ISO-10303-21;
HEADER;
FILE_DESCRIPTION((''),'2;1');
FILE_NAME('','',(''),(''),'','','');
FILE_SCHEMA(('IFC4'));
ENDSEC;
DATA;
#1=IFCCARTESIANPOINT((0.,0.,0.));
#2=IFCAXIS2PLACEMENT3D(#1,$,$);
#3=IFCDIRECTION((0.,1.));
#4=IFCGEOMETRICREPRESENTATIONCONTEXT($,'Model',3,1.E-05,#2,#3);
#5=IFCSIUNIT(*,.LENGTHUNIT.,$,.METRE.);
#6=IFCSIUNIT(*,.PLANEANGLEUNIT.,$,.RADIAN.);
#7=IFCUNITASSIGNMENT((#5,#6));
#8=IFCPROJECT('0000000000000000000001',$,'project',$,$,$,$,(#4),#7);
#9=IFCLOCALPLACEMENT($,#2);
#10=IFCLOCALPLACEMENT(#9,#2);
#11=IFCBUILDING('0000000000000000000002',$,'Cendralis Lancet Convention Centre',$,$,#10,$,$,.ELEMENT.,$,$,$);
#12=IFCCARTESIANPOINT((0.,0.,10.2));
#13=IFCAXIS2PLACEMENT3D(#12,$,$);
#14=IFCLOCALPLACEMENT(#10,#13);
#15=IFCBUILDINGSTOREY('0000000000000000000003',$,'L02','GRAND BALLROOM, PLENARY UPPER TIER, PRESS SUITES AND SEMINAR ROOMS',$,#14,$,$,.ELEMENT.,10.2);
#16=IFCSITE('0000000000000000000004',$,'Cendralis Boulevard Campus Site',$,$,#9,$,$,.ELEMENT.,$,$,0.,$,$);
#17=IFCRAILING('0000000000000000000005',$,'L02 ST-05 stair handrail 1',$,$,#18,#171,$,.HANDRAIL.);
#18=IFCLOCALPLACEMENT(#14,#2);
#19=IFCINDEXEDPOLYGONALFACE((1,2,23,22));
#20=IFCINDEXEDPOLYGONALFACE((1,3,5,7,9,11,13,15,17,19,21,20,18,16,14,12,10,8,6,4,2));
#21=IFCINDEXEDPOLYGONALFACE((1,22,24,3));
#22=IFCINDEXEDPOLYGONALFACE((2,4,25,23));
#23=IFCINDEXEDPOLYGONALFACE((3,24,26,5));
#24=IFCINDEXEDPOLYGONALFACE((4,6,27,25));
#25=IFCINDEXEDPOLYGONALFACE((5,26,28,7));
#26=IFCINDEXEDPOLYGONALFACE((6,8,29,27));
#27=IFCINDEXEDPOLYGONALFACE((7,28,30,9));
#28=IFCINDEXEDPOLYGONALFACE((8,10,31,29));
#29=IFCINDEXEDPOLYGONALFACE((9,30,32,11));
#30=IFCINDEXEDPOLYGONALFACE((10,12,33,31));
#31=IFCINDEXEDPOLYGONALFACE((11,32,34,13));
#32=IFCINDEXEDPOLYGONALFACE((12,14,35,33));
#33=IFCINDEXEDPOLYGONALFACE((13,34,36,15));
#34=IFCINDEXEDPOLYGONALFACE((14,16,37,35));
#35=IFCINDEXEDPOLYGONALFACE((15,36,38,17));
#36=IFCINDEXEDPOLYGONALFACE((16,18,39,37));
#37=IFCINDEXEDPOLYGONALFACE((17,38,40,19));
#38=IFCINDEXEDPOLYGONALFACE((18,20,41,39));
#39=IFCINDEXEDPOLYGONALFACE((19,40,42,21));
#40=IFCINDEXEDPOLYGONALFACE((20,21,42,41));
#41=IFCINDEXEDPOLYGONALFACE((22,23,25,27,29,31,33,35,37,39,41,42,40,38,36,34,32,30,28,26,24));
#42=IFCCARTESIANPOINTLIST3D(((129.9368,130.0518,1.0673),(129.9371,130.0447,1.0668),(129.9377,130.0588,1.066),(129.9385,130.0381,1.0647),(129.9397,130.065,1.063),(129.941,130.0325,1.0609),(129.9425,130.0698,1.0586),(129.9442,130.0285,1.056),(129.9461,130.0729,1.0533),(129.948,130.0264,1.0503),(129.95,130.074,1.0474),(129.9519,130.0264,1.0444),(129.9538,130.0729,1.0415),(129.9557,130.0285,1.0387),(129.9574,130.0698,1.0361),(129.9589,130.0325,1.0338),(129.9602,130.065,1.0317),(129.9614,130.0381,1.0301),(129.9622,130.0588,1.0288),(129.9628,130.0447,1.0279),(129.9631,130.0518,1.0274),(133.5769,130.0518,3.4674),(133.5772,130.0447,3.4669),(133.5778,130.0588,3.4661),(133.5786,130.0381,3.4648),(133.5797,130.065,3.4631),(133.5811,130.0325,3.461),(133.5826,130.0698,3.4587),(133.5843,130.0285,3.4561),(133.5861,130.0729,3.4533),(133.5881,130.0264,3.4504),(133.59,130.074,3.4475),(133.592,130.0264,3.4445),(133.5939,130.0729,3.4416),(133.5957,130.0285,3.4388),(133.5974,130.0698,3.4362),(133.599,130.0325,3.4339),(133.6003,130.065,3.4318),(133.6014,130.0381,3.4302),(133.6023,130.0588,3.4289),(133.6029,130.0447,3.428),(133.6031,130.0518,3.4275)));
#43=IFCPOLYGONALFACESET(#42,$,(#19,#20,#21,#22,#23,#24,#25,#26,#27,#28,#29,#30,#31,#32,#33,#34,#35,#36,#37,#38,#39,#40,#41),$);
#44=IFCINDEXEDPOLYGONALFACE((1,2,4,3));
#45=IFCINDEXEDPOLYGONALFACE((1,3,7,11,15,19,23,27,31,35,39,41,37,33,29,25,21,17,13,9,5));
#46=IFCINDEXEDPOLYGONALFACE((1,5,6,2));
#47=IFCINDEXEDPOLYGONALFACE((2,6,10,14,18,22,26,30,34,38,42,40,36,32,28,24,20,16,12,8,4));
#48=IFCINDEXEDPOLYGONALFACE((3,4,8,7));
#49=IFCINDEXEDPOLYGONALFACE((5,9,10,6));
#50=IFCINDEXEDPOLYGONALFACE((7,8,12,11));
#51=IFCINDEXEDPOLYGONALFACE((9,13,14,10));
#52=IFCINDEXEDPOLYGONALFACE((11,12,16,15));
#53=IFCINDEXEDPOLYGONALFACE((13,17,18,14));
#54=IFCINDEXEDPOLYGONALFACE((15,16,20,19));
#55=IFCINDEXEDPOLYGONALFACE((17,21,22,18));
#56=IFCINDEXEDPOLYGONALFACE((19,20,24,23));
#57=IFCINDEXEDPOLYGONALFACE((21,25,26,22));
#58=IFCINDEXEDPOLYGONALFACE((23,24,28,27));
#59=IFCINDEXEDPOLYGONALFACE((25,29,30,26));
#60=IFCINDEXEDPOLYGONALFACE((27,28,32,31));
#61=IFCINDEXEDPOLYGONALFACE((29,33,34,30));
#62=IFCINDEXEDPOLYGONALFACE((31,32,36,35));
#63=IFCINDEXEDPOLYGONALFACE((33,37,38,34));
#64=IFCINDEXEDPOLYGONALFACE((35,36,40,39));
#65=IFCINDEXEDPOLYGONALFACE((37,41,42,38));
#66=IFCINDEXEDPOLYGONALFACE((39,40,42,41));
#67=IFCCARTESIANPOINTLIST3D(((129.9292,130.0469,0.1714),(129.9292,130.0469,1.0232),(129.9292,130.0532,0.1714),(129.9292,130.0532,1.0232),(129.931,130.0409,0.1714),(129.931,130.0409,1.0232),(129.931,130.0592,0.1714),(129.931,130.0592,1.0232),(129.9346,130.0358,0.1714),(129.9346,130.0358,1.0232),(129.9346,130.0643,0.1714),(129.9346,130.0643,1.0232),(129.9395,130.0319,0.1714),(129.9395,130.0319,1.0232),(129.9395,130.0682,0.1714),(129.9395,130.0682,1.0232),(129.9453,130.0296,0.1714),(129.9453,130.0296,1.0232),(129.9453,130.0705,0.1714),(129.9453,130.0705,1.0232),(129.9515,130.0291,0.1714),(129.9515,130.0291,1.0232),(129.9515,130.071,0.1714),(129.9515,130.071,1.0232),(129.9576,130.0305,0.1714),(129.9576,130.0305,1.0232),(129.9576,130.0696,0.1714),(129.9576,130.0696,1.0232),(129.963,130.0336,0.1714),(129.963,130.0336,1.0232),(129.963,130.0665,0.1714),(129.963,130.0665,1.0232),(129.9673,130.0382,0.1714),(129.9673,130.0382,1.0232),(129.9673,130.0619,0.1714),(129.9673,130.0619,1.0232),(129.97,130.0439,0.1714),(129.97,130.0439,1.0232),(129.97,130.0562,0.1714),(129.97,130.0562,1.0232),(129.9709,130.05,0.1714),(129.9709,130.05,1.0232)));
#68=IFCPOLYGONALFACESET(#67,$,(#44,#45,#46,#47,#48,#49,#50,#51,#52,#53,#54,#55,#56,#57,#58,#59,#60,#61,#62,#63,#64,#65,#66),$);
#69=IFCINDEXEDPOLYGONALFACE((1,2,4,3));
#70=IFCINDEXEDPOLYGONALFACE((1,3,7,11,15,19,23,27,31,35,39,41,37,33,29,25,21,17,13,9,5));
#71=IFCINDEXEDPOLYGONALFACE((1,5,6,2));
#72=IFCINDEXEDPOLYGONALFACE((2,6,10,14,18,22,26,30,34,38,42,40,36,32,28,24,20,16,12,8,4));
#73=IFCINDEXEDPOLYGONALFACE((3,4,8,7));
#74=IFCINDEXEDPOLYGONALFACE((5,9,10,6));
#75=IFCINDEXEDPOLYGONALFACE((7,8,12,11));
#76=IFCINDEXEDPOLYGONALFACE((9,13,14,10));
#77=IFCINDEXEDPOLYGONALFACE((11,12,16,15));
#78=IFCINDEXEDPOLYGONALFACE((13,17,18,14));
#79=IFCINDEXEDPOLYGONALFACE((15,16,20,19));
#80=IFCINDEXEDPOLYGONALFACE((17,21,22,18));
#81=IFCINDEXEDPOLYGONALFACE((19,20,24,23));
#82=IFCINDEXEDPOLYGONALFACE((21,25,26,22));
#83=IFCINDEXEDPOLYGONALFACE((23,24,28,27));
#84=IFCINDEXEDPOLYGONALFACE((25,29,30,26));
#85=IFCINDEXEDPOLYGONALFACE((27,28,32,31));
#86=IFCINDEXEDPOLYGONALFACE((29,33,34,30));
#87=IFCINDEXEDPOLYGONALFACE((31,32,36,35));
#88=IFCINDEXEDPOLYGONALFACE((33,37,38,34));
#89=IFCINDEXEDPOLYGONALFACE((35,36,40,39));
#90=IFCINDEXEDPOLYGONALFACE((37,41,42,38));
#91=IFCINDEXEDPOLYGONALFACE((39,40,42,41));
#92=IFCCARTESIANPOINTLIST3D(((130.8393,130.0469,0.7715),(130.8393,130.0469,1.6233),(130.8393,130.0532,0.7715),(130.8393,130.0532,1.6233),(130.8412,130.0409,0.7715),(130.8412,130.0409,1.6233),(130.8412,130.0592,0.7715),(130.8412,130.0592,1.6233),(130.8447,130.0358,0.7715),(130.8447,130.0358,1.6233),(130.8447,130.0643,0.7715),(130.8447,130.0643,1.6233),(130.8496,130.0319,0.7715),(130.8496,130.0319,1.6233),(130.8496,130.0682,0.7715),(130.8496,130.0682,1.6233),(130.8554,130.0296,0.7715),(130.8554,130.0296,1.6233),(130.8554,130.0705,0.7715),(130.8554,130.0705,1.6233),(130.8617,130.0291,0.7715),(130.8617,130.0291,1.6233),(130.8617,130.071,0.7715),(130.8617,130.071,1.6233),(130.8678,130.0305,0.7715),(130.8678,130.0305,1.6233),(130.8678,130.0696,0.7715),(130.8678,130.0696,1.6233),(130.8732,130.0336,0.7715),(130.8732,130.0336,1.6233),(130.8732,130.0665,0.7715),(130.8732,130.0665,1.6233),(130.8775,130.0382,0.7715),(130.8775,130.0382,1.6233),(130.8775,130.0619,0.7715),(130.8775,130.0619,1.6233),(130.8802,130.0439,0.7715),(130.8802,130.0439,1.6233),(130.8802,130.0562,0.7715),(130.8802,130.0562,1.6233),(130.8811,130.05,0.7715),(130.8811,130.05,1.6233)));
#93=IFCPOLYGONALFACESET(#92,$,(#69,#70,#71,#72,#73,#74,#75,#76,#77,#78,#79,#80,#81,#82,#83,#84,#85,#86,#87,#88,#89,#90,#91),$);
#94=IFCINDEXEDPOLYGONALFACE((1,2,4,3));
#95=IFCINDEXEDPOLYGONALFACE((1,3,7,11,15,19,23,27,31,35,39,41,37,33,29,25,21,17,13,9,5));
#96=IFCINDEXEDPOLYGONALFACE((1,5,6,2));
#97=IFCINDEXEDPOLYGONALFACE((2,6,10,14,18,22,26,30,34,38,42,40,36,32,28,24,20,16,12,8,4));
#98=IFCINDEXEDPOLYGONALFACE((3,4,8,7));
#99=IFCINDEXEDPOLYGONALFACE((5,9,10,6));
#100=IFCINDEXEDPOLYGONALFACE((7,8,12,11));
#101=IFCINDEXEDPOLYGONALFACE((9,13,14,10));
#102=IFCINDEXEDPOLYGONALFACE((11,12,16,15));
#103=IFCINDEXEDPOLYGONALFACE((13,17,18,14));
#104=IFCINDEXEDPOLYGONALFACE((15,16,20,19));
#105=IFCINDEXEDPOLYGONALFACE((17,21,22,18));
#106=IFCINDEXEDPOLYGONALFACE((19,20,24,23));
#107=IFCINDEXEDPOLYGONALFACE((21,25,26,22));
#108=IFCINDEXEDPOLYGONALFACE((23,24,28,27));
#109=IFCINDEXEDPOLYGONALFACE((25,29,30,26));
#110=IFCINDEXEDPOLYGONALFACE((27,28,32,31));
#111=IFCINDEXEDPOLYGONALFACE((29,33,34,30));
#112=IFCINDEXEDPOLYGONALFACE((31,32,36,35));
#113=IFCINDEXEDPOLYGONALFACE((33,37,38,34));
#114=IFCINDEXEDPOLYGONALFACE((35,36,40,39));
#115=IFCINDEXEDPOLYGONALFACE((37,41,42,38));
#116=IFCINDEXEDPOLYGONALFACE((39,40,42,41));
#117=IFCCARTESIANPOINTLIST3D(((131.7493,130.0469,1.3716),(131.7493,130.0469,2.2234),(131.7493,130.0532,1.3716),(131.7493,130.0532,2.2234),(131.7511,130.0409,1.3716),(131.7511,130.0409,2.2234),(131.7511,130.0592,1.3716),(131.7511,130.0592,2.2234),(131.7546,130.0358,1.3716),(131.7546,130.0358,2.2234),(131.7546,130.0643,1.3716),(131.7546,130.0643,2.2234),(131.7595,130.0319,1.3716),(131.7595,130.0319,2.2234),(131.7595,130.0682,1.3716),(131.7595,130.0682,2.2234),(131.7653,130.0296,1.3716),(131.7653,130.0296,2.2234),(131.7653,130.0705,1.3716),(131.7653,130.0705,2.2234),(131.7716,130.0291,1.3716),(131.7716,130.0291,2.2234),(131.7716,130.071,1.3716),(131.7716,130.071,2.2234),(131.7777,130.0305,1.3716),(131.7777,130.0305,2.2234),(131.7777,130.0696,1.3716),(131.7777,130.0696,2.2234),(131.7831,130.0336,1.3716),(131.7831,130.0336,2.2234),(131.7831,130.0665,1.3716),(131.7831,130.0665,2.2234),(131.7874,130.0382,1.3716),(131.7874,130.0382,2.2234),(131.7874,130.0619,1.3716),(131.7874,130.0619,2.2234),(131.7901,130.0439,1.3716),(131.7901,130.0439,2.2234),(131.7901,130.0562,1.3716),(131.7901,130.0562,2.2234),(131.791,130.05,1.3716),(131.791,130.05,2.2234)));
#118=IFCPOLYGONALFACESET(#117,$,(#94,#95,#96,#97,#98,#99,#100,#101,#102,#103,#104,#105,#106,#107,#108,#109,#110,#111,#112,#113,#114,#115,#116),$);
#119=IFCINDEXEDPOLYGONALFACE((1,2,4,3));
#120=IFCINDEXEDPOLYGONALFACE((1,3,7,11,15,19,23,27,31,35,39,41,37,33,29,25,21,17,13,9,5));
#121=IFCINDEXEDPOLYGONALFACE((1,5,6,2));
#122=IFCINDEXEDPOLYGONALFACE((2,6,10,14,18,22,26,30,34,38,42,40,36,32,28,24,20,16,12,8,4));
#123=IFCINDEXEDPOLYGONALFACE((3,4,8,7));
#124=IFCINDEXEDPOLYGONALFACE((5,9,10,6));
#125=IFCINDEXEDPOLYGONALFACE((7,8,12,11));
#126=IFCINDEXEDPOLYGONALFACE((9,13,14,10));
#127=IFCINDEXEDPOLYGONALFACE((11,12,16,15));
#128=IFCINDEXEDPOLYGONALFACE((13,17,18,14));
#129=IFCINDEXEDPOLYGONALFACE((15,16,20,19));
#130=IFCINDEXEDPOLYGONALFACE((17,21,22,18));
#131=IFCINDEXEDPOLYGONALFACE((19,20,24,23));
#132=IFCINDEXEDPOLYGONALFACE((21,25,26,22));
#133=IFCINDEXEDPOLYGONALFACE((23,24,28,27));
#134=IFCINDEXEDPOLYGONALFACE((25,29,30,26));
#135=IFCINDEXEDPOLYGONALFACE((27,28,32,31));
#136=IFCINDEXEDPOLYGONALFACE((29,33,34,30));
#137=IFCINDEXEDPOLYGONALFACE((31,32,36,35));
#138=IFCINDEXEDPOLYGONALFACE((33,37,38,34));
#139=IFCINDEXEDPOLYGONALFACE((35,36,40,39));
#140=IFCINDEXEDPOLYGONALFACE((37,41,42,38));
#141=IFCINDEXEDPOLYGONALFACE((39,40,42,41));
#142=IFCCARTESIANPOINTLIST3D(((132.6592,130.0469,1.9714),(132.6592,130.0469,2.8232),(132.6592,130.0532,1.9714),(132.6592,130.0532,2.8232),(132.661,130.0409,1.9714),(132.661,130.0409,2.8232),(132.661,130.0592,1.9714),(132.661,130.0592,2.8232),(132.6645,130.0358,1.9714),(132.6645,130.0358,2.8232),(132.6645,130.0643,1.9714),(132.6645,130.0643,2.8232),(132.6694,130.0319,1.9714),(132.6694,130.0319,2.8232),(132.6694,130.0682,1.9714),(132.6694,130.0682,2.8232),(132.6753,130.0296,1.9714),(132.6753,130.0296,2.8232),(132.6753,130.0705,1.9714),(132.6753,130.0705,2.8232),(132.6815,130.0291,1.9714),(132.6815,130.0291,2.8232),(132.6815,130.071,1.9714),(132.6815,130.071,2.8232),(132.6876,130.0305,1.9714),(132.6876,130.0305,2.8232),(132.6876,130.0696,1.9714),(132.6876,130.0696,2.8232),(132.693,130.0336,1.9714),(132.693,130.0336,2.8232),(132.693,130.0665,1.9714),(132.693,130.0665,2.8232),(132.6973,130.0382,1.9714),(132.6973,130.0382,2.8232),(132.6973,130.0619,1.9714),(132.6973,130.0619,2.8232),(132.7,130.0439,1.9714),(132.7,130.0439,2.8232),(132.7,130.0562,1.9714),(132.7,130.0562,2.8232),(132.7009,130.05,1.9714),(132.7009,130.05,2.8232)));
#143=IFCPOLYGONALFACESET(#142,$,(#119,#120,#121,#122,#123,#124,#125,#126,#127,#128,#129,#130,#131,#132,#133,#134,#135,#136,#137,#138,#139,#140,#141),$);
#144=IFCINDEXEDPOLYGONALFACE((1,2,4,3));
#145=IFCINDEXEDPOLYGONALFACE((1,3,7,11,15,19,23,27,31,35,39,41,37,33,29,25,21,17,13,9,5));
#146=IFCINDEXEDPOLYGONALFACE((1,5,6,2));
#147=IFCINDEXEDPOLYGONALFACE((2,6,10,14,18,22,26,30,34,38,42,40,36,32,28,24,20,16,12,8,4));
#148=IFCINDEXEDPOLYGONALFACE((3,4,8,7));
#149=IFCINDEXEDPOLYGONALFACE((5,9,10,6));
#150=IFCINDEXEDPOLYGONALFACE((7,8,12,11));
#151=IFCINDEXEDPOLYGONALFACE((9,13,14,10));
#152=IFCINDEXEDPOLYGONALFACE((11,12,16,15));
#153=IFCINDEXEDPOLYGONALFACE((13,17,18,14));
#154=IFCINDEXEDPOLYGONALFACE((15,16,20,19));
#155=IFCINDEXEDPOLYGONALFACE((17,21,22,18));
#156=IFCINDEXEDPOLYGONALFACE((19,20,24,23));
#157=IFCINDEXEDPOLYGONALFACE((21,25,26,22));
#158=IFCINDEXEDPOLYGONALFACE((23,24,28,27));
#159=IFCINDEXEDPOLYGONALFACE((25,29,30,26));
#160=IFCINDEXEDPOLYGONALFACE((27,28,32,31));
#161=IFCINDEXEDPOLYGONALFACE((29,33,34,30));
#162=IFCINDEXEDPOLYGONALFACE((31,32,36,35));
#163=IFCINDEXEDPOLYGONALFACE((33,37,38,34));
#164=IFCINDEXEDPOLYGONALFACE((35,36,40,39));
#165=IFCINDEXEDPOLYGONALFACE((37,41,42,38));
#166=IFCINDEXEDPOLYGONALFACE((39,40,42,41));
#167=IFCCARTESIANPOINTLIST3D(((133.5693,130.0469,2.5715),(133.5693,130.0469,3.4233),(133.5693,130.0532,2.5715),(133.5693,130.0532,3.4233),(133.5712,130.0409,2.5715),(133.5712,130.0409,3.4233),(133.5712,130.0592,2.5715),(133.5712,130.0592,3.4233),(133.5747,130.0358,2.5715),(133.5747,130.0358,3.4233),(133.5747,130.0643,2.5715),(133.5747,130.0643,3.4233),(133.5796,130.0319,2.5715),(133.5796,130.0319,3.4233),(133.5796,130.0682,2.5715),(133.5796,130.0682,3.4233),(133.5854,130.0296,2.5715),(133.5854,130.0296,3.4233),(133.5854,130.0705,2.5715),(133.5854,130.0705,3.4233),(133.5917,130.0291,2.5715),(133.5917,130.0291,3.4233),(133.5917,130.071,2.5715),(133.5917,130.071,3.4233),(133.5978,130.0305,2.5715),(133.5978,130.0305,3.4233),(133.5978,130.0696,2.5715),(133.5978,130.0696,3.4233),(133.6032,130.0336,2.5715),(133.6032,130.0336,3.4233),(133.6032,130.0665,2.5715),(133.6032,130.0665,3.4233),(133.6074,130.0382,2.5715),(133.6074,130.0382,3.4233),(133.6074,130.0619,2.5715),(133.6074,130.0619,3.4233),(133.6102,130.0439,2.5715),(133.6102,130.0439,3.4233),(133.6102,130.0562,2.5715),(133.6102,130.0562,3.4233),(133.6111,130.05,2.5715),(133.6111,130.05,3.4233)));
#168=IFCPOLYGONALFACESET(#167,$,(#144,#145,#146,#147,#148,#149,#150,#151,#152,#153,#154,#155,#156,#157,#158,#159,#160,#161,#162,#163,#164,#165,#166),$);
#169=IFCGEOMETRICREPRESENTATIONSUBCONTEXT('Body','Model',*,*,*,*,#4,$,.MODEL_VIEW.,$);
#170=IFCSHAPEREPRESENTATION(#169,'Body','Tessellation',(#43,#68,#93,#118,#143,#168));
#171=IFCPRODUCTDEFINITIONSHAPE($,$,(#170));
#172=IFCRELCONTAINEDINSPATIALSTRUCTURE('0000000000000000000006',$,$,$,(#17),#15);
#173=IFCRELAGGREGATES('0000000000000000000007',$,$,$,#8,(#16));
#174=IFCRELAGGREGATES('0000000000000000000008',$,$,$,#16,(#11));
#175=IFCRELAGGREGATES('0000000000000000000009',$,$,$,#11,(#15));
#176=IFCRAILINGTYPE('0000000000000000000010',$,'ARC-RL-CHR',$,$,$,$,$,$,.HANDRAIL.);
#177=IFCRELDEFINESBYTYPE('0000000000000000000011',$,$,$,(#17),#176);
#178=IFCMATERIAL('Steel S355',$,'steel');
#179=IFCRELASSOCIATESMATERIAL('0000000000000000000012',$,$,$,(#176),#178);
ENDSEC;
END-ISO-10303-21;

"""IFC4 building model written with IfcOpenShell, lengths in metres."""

from ifc_helpers import new_model, si_unit, direction, frame, origin, origin_2d, place, context, subcontext, project, spatial, circle, extrude, material, type_object, element, save


model = new_model("IFC4")

# Units and contexts
model_context = context("Model", 3, precision=1e-05, world=origin(), true_north=direction((0.0, 1.0)))
body_context = subcontext(model_context, "Body", "Model", "MODEL_VIEW")
ifc_project = project(units=[si_unit("LENGTHUNIT", "METRE"), si_unit("PLANEANGLEUNIT", "RADIAN")], contexts=[model_context])

# Site, building, storey
site_placement = place(None, origin())
site = spatial("IfcSite", under=ifc_project, at=site_placement, Name="Cendralis Boulevard Campus Site", CompositionType="ELEMENT", RefElevation=0.0)
building_placement = place(site_placement, origin())
building = spatial("IfcBuilding", under=site, at=building_placement, Name="Cendralis Lancet Convention Centre", CompositionType="ELEMENT")
storey_placement = place(building_placement, frame((0.0, 0.0, 10.2)))
storey = spatial("IfcBuildingStorey", under=building, at=storey_placement, Name="L02", Description="GRAND BALLROOM, PLENARY UPPER TIER, PRESS SUITES AND SEMINAR ROOMS", CompositionType="ELEMENT", Elevation=10.2)

# Shared definitions
ifc_material_1 = material(Name="Steel S355", Category="steel")

# Railing
railing_type_1 = type_object("IfcRailingType", Name="ARC-RL-CHR", PredefinedType="HANDRAIL", material=ifc_material_1)
railing_1_placement = place(storey_placement, frame((129.95, 130.05, 0.1714)))
element("IfcRailing", 1, at=railing_1_placement, inside=storey, type_object=railing_type_1, Name="L02 ST-05 stair handrail 1", PredefinedType="HANDRAIL", context=body_context, shape_type="SweptSolid", body=[
    extrude(circle(Radius=0.0239, at=origin_2d()), frame((0.0, 0.0, 0.876), z_axis=(0.834856, 0.0, 0.550468), x_axis=(0.0, 1.0, 0.0)), (0.0, 0.0, 1.0), 4.3601),
    extrude(circle(Radius=0.021, at=origin_2d()), origin(), (0.0, 0.0, 1.0), 0.8518),
    extrude(circle(Radius=0.021, at=origin_2d()), frame((0.9102, 0.0, 0.6001)), (0.0, 0.0, 1.0), 0.8518),
    extrude(circle(Radius=0.021, at=origin_2d()), frame((1.8201, 0.0, 1.2002)), (0.0, 0.0, 1.0), 0.8518),
    extrude(circle(Radius=0.021, at=origin_2d()), frame((2.73, 0.0, 1.8)), (0.0, 0.0, 1.0), 0.8518),
    extrude(circle(Radius=0.021, at=origin_2d()), frame((3.6401, 0.0, 2.4001)), (0.0, 0.0, 1.0), 0.8518),
])

save(model, "model.ifc")
